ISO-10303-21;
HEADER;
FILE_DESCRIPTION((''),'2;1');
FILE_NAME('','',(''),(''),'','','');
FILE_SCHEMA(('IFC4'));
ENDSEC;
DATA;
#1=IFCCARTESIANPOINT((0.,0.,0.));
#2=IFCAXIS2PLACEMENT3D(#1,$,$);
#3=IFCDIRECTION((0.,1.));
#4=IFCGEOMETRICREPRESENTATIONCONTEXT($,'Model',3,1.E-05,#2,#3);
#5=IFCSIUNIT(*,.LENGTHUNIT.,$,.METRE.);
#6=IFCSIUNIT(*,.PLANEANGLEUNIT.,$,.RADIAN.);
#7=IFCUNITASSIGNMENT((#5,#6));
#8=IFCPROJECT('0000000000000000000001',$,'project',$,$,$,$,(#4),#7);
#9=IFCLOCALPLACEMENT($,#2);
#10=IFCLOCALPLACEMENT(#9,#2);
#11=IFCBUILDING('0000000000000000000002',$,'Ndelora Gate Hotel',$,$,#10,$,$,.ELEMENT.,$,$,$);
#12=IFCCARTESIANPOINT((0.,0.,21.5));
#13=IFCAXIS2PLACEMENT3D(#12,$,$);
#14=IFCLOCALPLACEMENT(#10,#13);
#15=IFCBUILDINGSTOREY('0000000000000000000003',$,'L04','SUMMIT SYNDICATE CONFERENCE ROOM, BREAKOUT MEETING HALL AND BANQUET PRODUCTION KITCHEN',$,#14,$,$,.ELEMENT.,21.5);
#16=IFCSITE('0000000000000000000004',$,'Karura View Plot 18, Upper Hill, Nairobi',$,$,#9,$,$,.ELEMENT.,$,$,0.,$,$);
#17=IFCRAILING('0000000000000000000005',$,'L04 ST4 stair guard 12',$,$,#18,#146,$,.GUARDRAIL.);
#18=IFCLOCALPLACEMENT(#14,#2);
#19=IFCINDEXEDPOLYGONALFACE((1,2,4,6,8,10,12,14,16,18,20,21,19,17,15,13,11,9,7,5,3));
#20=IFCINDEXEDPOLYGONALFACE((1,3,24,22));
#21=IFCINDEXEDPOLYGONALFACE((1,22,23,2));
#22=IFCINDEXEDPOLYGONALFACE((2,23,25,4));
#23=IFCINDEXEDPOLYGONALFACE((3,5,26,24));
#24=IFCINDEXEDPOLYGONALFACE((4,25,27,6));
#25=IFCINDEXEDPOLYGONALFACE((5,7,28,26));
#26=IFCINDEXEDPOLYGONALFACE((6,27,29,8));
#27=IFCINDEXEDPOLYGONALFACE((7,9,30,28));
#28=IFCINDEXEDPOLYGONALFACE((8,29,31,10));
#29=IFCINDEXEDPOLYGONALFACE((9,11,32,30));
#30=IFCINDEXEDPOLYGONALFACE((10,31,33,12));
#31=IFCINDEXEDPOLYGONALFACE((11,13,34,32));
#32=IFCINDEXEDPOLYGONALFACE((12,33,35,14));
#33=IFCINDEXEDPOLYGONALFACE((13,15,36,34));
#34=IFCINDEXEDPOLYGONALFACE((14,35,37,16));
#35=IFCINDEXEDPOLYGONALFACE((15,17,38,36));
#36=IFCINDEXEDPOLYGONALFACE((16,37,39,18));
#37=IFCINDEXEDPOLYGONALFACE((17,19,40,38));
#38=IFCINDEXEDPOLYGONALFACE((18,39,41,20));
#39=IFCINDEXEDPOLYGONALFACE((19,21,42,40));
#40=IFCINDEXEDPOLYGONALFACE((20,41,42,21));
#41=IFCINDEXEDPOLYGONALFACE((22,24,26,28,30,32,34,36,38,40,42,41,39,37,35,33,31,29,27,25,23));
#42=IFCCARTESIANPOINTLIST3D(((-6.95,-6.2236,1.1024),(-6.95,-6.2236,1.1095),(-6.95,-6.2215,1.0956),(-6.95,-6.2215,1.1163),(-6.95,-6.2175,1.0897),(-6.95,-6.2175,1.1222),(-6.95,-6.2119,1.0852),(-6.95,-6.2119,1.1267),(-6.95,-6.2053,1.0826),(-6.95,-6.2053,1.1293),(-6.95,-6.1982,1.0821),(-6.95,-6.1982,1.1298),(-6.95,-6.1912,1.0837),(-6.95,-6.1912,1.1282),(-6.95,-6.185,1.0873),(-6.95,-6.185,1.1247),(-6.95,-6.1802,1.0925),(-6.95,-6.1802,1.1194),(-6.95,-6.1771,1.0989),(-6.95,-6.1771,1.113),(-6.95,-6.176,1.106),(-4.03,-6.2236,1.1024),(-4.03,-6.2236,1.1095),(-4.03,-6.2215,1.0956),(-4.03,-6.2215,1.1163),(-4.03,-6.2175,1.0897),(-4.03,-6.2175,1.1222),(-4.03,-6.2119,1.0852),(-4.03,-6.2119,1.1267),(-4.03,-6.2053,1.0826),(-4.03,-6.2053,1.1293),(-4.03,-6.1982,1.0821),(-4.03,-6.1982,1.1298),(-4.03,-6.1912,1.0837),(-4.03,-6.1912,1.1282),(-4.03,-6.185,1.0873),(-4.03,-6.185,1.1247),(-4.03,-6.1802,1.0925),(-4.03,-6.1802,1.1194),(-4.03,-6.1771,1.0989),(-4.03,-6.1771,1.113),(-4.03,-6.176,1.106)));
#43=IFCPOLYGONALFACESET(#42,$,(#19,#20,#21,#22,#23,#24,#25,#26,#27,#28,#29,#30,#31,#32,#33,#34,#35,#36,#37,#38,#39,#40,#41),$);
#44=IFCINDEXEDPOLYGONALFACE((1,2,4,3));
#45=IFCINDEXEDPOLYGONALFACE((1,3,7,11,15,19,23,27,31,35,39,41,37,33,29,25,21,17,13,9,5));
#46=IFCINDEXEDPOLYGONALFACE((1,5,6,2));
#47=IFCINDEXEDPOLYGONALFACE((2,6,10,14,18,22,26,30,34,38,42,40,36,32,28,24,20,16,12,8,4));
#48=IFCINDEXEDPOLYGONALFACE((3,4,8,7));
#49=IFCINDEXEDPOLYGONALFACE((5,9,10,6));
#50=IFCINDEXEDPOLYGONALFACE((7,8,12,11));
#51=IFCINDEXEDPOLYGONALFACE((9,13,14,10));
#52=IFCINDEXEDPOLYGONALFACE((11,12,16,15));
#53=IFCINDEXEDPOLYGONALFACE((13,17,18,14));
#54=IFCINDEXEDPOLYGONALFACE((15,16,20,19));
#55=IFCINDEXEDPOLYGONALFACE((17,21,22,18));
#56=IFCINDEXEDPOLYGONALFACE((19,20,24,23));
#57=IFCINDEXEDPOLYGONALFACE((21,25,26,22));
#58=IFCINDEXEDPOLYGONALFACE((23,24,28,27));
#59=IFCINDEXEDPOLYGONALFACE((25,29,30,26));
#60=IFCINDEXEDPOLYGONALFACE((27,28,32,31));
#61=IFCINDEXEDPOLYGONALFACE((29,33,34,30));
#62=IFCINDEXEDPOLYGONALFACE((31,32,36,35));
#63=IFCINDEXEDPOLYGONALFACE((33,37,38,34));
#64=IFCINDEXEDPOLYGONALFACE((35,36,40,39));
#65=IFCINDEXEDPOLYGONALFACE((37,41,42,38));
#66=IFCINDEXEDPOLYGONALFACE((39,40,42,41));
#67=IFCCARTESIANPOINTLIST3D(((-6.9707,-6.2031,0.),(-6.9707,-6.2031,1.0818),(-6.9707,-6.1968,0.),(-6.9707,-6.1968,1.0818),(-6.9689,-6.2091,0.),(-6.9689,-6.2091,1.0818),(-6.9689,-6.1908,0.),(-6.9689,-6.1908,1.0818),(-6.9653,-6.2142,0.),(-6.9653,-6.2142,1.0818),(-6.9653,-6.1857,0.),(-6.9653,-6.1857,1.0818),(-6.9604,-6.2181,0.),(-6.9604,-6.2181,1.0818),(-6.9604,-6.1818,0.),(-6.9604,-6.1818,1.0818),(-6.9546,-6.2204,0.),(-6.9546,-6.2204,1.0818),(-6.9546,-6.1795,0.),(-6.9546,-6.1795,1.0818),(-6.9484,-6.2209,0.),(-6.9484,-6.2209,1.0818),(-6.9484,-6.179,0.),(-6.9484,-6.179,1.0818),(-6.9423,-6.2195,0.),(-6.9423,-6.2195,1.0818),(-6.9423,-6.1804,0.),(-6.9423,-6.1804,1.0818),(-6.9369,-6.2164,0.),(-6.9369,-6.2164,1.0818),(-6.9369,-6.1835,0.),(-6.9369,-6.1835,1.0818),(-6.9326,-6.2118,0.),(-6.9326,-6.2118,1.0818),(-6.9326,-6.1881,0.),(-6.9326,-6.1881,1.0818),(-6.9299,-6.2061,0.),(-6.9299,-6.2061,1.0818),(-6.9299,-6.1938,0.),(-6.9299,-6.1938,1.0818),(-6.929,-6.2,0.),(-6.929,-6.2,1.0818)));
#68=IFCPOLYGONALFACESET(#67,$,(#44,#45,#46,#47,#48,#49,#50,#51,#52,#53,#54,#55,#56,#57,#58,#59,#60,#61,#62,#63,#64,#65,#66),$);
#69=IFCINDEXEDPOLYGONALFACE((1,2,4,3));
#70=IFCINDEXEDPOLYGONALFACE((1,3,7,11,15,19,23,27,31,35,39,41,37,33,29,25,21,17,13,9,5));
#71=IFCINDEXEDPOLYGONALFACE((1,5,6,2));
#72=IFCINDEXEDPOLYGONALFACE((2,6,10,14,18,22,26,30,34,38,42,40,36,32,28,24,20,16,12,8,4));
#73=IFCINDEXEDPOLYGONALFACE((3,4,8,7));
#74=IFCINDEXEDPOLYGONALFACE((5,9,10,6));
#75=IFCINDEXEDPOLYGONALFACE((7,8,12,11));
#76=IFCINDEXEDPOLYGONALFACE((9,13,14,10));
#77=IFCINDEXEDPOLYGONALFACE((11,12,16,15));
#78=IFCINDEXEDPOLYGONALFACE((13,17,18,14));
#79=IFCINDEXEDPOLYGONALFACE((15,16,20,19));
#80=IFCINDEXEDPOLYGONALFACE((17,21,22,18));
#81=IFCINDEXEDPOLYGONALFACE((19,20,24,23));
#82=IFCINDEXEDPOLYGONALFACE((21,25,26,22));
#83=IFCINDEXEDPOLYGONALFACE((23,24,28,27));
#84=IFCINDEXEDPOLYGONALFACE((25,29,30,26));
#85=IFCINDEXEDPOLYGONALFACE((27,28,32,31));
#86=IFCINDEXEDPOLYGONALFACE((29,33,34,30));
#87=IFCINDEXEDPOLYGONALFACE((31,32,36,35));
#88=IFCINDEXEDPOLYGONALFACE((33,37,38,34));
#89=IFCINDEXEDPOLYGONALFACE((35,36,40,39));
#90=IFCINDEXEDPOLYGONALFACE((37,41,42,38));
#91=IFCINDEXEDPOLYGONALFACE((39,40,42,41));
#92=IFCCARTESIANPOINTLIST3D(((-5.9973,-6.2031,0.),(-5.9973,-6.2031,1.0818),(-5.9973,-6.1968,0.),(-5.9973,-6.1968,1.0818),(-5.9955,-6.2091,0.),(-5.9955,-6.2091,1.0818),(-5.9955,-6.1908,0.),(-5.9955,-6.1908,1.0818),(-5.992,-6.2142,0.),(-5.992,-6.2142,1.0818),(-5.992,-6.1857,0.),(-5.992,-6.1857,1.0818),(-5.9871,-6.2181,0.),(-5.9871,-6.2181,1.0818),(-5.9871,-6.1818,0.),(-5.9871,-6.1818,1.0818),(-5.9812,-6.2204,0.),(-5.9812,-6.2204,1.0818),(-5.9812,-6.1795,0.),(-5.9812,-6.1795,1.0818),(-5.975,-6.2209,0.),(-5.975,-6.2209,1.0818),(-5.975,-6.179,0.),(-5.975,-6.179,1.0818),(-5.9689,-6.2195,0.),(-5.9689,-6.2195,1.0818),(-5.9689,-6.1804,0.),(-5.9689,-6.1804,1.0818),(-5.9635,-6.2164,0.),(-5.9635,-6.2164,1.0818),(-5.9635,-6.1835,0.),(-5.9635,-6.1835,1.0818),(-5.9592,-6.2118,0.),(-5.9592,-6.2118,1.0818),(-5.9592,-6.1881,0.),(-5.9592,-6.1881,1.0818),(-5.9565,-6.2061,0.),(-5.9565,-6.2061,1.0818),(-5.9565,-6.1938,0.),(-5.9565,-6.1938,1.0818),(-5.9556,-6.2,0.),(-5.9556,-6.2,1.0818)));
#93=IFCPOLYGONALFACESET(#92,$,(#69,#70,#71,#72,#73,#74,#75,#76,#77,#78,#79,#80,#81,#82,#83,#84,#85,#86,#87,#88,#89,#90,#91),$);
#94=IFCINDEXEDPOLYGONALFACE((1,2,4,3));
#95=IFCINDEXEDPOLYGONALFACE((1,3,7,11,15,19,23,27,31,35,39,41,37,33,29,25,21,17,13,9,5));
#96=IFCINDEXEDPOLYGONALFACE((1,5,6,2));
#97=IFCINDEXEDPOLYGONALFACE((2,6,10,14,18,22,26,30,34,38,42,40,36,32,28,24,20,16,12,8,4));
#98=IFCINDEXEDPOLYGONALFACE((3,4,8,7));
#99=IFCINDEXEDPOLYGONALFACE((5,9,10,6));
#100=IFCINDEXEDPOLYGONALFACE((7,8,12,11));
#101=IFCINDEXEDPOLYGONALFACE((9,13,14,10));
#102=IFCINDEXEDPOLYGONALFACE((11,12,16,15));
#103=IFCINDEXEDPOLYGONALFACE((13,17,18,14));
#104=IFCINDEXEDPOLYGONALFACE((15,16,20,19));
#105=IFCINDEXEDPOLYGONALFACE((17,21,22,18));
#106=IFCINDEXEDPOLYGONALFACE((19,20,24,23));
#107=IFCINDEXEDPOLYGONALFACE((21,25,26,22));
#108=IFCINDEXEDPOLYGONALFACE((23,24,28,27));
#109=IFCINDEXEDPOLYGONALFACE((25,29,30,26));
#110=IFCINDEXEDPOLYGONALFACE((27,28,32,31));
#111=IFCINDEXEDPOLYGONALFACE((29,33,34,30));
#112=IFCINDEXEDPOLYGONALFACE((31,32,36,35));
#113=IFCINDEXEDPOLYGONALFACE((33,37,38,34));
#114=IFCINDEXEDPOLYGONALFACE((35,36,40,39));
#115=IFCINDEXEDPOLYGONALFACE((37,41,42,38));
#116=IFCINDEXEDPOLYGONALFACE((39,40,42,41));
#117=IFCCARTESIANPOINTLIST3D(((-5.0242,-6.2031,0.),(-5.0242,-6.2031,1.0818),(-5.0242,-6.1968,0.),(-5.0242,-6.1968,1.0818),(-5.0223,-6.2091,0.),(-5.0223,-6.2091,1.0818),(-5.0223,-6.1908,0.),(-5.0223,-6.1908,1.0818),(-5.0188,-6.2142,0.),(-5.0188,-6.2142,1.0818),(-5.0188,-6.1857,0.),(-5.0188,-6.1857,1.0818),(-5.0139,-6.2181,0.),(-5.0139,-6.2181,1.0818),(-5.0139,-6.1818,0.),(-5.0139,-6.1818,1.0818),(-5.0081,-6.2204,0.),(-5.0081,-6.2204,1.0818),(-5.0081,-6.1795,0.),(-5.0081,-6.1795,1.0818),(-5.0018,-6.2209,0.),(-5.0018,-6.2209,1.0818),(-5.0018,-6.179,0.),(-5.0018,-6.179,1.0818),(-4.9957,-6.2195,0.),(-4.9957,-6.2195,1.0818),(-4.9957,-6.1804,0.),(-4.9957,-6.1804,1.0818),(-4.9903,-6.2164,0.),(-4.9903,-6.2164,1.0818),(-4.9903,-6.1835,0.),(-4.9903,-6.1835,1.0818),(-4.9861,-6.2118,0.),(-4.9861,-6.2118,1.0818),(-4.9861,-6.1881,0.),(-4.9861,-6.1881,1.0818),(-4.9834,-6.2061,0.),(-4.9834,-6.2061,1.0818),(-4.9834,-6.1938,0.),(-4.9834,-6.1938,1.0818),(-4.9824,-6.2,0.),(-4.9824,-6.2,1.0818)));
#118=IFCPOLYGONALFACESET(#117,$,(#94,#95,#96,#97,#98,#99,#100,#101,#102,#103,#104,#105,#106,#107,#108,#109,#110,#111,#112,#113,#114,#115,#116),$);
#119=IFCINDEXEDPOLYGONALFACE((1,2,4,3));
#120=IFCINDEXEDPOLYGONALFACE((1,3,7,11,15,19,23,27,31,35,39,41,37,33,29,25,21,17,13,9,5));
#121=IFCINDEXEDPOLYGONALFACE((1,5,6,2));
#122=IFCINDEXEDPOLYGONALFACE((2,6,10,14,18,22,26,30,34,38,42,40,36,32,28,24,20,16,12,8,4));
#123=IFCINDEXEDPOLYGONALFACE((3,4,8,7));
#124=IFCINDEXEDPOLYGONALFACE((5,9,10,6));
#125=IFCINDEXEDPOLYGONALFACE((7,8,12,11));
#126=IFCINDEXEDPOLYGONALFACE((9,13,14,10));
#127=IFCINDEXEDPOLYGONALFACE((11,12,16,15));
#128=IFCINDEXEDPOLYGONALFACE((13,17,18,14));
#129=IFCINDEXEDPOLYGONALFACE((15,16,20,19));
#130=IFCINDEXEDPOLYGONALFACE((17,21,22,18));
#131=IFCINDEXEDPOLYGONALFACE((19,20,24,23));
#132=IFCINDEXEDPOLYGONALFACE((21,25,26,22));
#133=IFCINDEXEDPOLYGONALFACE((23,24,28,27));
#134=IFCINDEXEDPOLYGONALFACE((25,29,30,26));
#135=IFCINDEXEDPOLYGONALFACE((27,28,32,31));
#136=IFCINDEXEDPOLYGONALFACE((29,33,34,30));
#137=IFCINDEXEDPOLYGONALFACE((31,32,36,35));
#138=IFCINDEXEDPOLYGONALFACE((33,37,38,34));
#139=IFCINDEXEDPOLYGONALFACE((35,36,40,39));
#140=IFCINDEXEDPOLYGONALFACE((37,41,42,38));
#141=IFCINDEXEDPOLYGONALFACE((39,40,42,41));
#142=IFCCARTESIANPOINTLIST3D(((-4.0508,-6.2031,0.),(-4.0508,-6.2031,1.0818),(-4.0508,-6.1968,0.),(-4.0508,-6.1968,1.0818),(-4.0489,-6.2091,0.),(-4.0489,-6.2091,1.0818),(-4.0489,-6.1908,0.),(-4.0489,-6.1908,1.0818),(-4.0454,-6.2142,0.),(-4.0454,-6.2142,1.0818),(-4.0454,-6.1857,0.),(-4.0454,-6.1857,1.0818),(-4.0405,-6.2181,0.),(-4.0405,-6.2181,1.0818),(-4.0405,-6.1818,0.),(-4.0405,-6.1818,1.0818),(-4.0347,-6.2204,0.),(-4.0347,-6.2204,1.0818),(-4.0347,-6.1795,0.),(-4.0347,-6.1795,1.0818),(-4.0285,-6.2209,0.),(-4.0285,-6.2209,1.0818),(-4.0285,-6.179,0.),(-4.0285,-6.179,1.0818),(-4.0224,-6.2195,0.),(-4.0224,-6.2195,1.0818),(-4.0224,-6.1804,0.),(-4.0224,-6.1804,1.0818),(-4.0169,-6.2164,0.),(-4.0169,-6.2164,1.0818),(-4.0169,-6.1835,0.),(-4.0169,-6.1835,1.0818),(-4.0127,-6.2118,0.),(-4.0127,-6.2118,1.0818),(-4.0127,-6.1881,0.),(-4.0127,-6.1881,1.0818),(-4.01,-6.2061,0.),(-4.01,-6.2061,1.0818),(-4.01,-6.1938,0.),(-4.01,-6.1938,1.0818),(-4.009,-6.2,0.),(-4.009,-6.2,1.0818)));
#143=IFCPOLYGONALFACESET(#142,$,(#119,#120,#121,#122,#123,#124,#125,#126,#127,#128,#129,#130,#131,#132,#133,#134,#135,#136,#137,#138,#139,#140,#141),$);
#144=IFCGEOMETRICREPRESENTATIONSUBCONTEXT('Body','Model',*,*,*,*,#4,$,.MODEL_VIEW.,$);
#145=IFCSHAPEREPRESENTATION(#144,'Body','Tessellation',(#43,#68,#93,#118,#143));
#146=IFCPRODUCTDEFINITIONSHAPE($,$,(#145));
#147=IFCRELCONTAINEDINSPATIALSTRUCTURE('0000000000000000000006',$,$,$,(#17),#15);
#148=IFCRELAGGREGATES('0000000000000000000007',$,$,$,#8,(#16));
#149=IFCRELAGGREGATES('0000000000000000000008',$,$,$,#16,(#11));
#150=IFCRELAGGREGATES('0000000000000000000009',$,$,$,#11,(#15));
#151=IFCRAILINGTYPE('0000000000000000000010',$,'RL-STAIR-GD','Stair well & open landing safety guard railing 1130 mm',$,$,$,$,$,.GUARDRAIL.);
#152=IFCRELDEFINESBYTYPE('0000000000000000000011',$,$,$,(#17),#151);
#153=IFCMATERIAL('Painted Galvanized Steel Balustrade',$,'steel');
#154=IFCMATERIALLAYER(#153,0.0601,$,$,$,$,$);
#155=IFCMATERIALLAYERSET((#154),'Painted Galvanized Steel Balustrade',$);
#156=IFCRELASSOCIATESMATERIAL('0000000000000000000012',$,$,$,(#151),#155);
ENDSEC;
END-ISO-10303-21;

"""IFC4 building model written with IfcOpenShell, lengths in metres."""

from ifc_helpers import new_model, si_unit, direction, frame, origin, origin_2d, place, context, subcontext, project, spatial, circle, extrude, material, layer, layer_set, type_object, element, save


model = new_model("IFC4")

# Units and contexts
model_context = context("Model", 3, precision=1e-05, world=origin(), true_north=direction((0.0, 1.0)))
body_context = subcontext(model_context, "Body", "Model", "MODEL_VIEW")
ifc_project = project(units=[si_unit("LENGTHUNIT", "METRE"), si_unit("PLANEANGLEUNIT", "RADIAN")], contexts=[model_context])

# Site, building, storey
site_placement = place(None, origin())
site = spatial("IfcSite", under=ifc_project, at=site_placement, Name="Karura View Plot 18, Upper Hill, Nairobi", CompositionType="ELEMENT", RefElevation=0.0)
building_placement = place(site_placement, origin())
building = spatial("IfcBuilding", under=site, at=building_placement, Name="Ndelora Gate Hotel", CompositionType="ELEMENT")
storey_placement = place(building_placement, frame((0.0, 0.0, 21.5)))
storey = spatial("IfcBuildingStorey", under=building, at=storey_placement, Name="L04", Description="SUMMIT SYNDICATE CONFERENCE ROOM, BREAKOUT MEETING HALL AND BANQUET PRODUCTION KITCHEN", CompositionType="ELEMENT", Elevation=21.5)

# Railing
ifc_material_1 = material(Name="Painted Galvanized Steel Balustrade", Category="steel")
ifc_layer_1 = layer(ifc_material_1, 0.0601)
ifc_layer_set_1 = layer_set([ifc_layer_1], Name="Painted Galvanized Steel Balustrade")
railing_type = type_object("IfcRailingType", Name="RL-STAIR-GD", Description="Stair well & open landing safety guard railing 1130 mm", PredefinedType="GUARDRAIL", material=ifc_layer_set_1)
railing_1_placement = place(storey_placement, frame((-6.95, -6.2, 0.0)))
element("IfcRailing", 1, at=railing_1_placement, inside=storey, type_object=railing_type, Name="L04 ST4 stair guard 12", PredefinedType="GUARDRAIL", context=body_context, shape_type="SweptSolid", body=[
    extrude(circle(Radius=0.0239, at=origin_2d()), frame((0.0, 0.0, 1.106), z_axis=(1.0, 0.0, 0.0), x_axis=(0.0, 1.0, 0.0)), (0.0, 0.0, 1.0), 2.9199),
    extrude(circle(Radius=0.021, at=origin_2d()), origin(), (0.0, 0.0, 1.0), 1.0818),
    extrude(circle(Radius=0.021, at=origin_2d()), frame((0.9734, 0.0, 0.0)), (0.0, 0.0, 1.0), 1.0818),
    extrude(circle(Radius=0.021, at=origin_2d()), frame((1.9465, 0.0, 0.0)), (0.0, 0.0, 1.0), 1.0818),
    extrude(circle(Radius=0.021, at=origin_2d()), frame((2.9199, 0.0, 0.0)), (0.0, 0.0, 1.0), 1.0818),
])

save(model, "model.ifc")
